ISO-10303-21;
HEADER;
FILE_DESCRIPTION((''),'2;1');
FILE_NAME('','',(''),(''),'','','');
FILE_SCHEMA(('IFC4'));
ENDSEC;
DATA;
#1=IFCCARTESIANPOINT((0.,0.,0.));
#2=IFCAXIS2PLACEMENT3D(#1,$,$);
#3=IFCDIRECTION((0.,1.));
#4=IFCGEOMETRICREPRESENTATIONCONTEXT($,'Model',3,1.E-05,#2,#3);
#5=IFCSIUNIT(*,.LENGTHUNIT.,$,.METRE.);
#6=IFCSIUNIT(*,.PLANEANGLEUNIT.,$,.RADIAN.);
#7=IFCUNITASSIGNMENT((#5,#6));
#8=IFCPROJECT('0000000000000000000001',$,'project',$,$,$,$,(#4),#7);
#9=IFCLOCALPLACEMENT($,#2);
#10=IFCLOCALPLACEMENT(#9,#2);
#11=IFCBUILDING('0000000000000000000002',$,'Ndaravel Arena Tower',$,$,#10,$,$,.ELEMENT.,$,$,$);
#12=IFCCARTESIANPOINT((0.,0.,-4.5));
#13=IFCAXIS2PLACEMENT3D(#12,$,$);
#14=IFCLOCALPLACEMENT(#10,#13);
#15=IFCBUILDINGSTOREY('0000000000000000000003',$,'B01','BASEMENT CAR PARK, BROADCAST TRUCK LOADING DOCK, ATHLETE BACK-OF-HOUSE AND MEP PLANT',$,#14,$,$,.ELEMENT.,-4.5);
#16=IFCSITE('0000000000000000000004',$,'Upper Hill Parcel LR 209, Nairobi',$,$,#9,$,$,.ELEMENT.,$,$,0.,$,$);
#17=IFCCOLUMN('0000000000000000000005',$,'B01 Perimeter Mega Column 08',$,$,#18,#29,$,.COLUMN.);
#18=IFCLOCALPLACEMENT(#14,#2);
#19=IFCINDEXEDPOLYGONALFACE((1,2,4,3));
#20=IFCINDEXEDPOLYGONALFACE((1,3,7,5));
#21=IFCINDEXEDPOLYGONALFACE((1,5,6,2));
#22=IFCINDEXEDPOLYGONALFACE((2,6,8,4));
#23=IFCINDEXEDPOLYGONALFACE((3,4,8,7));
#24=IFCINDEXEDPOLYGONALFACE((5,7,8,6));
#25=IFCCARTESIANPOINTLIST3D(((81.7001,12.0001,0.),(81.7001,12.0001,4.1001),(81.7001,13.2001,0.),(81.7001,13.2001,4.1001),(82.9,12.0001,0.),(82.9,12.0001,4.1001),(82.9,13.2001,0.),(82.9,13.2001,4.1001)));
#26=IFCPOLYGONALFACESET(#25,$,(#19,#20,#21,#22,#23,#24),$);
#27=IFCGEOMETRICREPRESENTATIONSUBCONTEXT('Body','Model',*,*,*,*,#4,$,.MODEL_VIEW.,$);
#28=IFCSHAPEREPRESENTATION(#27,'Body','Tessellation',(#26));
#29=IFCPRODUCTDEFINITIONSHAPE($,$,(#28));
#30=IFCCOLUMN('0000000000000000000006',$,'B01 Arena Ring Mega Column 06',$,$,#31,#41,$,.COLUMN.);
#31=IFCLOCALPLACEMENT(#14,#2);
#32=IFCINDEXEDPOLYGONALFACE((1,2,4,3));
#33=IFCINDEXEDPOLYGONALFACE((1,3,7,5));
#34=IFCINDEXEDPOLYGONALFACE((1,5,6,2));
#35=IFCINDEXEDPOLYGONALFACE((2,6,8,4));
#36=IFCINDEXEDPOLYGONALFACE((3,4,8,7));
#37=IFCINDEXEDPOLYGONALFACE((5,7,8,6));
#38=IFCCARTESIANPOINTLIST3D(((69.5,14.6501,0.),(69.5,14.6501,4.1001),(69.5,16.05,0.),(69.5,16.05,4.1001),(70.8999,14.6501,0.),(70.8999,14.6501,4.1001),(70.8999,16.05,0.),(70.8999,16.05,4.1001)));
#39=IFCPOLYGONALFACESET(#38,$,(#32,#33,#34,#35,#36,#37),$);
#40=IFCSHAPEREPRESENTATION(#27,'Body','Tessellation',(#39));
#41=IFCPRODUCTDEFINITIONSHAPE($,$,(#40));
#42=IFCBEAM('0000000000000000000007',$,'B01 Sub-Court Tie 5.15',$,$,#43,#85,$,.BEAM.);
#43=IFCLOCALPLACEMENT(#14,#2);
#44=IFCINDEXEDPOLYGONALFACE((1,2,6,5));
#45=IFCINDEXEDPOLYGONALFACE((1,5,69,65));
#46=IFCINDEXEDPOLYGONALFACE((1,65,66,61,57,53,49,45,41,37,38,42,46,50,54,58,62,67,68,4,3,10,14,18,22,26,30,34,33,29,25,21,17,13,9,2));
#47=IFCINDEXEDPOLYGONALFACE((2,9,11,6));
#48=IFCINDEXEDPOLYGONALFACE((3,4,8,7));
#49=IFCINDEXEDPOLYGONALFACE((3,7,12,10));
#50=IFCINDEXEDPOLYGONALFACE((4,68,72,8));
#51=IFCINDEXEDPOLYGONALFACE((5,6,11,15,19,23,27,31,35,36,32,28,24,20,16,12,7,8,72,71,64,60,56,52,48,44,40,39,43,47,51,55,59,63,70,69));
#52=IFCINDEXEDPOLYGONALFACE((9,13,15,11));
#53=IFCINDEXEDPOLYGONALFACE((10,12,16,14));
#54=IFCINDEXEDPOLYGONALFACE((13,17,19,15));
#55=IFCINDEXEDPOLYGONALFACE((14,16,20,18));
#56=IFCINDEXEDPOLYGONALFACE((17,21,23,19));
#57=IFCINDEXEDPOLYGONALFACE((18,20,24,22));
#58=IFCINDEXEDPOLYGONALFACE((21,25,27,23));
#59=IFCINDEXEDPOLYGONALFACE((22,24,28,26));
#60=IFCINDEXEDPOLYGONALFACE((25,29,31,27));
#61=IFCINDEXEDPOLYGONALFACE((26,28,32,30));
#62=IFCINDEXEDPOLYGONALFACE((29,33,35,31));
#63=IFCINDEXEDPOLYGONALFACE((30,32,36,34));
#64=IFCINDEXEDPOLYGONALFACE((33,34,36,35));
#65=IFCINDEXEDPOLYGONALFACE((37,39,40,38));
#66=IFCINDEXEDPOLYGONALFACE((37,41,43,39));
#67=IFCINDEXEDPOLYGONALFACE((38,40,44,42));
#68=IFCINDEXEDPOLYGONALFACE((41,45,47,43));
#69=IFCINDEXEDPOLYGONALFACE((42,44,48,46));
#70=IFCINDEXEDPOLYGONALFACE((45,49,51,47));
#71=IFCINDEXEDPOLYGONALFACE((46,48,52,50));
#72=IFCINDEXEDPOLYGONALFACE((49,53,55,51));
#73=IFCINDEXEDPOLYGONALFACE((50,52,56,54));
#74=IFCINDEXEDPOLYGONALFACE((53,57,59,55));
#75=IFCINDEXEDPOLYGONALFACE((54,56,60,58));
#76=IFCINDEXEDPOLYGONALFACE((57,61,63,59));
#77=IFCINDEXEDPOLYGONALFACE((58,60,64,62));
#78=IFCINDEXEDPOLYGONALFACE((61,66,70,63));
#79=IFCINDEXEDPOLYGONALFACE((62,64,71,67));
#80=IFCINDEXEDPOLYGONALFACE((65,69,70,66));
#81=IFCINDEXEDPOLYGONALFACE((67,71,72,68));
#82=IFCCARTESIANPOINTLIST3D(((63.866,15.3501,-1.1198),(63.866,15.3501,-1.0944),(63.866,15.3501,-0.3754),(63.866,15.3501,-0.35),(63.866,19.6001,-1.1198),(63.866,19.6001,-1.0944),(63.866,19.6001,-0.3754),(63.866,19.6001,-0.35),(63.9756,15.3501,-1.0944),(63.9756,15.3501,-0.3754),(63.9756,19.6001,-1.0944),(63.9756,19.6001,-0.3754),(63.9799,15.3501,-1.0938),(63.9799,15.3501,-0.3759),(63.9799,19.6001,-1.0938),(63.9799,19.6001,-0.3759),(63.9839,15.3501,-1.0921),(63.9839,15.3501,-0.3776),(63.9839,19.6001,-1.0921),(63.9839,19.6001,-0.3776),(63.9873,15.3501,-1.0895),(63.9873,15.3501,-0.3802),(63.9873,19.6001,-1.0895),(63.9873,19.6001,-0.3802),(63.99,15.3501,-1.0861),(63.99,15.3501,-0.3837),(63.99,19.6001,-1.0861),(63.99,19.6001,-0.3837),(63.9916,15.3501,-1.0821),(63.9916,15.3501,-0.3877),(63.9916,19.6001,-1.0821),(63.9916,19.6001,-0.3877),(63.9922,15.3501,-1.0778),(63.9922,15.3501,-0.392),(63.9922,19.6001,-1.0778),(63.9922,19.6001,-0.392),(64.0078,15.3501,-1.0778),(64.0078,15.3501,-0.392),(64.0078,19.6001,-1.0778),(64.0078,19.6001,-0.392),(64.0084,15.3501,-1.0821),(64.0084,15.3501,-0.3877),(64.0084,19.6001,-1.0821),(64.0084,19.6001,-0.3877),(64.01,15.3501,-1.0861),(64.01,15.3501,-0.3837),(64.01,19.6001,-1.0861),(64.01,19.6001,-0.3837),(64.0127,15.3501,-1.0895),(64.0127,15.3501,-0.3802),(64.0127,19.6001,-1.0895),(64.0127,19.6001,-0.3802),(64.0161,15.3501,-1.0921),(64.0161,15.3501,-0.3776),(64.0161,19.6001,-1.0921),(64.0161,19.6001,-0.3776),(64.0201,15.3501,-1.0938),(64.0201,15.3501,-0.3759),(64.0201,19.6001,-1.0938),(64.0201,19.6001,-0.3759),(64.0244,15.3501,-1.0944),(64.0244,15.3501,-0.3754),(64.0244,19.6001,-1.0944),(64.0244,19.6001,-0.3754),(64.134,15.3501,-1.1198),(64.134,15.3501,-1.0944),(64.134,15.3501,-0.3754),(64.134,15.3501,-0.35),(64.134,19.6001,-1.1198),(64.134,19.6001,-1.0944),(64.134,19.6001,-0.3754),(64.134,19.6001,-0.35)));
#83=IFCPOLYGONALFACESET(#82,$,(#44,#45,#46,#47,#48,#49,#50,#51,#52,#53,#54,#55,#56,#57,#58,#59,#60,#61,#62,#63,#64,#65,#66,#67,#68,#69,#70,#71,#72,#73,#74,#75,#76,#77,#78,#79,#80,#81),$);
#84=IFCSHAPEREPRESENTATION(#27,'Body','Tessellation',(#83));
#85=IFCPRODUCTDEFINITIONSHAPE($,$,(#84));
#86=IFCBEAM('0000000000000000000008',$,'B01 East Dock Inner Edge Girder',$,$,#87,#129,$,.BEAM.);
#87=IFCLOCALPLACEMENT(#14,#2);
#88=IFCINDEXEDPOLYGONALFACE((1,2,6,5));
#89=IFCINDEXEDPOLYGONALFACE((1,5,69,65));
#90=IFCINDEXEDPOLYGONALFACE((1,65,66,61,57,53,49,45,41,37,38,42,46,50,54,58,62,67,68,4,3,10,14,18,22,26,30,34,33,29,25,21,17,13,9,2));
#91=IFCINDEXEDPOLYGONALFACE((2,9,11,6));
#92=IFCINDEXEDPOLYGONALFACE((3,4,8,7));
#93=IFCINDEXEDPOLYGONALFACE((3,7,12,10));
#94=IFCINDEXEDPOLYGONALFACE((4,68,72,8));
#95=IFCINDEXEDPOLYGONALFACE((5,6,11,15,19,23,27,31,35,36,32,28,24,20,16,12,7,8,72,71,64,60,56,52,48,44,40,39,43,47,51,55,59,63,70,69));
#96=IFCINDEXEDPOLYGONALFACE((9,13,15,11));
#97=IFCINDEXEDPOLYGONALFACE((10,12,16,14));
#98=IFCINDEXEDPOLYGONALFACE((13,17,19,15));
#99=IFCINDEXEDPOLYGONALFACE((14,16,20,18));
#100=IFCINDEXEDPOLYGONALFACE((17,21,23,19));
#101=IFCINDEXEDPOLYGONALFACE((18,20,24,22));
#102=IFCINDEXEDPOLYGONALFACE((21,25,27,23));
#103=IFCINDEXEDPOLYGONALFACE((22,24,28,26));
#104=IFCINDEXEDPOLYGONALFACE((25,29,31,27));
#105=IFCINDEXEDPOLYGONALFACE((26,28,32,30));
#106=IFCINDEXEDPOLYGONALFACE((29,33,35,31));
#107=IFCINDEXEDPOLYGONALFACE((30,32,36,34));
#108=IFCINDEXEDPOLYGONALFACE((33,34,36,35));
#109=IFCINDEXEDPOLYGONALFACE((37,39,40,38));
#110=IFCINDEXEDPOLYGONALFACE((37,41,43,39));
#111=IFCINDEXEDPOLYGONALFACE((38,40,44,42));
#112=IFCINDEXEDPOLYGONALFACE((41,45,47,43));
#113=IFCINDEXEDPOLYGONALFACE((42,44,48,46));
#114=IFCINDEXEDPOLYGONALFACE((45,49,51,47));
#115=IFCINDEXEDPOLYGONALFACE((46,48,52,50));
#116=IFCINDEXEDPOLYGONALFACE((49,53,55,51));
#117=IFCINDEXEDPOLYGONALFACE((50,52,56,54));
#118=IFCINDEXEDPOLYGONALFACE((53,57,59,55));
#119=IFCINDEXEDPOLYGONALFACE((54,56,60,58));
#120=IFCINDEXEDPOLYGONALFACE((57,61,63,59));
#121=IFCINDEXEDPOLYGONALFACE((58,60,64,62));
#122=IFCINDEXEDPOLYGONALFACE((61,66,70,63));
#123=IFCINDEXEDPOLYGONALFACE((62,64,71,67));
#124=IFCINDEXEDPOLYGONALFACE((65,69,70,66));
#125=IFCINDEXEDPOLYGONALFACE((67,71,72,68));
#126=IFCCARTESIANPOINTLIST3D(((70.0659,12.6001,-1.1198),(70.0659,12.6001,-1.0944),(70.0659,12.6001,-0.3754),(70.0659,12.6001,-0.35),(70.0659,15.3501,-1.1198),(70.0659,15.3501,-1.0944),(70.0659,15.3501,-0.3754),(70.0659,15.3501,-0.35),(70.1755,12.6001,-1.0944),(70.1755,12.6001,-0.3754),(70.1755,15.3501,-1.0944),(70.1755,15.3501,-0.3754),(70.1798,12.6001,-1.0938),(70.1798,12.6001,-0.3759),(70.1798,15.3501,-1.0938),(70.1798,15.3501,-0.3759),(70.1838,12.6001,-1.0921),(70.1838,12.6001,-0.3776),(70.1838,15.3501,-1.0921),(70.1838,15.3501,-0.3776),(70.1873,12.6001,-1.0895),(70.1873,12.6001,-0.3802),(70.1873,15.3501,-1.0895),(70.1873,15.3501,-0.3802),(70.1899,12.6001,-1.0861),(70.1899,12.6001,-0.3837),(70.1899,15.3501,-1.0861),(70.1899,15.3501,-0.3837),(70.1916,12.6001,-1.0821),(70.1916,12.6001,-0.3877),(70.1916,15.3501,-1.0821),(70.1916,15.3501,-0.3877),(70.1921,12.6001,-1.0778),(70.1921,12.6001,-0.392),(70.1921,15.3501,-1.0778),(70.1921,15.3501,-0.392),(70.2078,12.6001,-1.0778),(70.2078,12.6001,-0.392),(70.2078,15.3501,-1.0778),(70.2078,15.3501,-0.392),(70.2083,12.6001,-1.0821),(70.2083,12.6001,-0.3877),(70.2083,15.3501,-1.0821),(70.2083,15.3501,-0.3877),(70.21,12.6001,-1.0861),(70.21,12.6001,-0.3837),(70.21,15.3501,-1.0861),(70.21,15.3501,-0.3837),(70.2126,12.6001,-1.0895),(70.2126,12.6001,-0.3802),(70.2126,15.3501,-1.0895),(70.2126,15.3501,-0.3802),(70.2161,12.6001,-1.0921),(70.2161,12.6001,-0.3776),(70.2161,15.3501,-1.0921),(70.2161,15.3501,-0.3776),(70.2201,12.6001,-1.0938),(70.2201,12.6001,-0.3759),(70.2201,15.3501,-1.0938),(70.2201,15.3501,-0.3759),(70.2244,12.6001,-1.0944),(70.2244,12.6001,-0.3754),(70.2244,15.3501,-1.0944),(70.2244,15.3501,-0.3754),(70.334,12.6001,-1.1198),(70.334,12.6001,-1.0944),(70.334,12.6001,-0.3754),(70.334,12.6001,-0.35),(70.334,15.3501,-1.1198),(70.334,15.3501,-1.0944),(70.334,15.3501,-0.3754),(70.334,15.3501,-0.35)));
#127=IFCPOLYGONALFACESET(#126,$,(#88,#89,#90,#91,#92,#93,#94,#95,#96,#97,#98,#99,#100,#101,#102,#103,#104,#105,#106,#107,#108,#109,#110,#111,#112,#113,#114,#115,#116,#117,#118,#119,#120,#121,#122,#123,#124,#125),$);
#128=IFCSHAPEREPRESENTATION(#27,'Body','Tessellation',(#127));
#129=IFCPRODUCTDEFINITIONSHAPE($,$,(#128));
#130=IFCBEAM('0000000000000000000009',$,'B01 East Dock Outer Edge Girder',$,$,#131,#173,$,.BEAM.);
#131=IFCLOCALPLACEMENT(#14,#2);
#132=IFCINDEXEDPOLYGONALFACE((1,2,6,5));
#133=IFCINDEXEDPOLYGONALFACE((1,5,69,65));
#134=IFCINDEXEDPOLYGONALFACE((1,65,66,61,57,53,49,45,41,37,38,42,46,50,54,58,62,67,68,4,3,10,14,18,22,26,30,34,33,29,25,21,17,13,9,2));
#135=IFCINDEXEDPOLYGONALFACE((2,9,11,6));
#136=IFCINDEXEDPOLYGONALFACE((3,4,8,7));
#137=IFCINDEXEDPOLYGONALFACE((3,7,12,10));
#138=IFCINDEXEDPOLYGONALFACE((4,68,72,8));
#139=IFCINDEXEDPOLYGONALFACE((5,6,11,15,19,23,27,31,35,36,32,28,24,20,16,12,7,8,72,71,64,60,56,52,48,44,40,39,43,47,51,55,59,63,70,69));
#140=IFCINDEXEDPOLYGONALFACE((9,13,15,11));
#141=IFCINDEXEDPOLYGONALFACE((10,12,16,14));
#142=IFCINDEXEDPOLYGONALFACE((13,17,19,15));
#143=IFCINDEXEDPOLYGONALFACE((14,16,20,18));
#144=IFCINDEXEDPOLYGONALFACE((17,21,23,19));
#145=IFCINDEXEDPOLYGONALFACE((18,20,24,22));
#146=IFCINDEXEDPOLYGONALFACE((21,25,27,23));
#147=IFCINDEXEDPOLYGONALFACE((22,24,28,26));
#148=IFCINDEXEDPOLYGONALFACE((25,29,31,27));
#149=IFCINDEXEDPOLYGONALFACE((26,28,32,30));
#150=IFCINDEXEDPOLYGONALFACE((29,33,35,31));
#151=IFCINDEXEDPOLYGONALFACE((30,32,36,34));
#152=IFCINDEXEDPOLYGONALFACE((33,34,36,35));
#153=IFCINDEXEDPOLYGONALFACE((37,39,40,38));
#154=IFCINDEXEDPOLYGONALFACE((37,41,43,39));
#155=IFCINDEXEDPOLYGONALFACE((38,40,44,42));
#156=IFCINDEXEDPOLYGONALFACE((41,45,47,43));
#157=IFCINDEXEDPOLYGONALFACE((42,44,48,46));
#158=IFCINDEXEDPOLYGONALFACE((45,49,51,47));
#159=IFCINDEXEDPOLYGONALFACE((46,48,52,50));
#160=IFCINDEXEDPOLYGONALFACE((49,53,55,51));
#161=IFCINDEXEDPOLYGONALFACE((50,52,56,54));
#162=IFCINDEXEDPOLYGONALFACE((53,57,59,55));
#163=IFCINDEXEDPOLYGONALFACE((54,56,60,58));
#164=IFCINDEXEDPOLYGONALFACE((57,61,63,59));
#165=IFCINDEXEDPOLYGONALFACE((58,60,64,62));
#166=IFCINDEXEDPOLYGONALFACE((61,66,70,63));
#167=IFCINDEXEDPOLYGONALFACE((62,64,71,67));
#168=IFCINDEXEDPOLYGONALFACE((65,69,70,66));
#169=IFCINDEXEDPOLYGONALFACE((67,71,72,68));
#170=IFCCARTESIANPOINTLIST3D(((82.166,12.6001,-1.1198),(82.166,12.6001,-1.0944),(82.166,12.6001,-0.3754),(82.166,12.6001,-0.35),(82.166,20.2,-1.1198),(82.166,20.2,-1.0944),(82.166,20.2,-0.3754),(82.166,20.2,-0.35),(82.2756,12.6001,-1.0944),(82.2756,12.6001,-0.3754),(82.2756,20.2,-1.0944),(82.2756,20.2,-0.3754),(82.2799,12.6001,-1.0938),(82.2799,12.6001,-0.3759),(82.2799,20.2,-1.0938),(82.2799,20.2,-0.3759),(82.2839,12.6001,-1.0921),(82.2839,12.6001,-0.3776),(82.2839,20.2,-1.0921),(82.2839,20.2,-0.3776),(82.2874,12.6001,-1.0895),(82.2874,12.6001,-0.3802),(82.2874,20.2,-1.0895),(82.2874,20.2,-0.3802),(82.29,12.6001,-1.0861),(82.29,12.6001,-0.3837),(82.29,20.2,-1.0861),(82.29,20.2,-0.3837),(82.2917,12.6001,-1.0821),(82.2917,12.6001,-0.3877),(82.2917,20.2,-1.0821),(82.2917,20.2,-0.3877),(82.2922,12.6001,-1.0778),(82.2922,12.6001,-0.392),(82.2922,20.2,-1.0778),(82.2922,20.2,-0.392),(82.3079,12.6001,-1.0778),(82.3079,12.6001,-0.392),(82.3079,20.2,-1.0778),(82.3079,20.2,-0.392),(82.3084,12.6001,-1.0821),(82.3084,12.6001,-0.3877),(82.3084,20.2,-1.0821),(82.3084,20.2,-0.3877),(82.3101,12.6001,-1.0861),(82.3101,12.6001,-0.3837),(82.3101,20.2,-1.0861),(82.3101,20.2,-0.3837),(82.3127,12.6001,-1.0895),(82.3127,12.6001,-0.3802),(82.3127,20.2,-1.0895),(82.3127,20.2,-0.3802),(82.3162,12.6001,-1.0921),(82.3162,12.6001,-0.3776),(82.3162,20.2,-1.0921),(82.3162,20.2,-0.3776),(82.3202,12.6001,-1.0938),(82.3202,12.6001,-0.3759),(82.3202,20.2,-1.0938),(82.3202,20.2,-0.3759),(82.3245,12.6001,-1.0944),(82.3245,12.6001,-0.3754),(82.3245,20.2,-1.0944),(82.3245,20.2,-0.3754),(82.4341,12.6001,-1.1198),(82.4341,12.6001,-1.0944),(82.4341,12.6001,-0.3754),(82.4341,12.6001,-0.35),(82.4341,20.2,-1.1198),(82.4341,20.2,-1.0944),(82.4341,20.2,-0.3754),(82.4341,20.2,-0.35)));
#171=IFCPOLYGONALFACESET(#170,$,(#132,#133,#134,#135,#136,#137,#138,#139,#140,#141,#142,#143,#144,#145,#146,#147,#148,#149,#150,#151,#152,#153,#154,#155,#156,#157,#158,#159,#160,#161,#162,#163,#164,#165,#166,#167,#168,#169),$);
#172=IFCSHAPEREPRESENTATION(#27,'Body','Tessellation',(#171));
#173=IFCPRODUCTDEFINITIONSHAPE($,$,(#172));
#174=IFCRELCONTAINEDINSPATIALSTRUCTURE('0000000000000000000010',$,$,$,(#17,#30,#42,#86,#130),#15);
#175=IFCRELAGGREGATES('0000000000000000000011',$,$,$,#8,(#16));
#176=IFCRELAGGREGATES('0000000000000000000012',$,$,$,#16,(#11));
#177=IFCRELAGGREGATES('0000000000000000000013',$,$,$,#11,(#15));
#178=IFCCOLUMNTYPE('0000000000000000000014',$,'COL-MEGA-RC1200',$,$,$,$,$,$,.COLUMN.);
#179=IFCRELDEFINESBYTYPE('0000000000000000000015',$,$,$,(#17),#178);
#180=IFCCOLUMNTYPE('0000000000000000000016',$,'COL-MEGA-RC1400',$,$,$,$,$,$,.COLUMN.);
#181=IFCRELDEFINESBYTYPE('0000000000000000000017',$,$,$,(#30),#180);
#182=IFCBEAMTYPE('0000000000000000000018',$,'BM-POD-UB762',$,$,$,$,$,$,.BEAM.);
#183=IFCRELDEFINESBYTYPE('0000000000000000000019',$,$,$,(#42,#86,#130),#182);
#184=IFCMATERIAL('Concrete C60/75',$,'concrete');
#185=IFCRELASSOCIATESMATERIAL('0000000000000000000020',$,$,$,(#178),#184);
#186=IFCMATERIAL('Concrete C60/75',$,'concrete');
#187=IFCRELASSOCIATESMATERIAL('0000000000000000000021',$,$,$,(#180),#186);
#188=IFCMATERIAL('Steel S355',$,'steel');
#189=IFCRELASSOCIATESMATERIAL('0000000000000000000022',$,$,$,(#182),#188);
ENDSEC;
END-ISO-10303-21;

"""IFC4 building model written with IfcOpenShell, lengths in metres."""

from ifc_helpers import new_model, si_unit, direction, frame, origin, origin_2d, place, context, subcontext, project, spatial, rectangle, i_section, extrude, material, material_profile, profile_set, type_object, element, save


model = new_model("IFC4")

# Units and contexts
model_context = context("Model", 3, precision=1e-05, world=origin(), true_north=direction((0.0, 1.0)))
body_context = subcontext(model_context, "Body", "Model", "MODEL_VIEW")
ifc_project = project(units=[si_unit("LENGTHUNIT", "METRE"), si_unit("PLANEANGLEUNIT", "RADIAN")], contexts=[model_context])

# Site, building, storey
site_placement = place(None, origin())
site = spatial("IfcSite", under=ifc_project, at=site_placement, Name="Upper Hill Parcel LR 209, Nairobi", CompositionType="ELEMENT", RefElevation=0.0)
building_placement = place(site_placement, origin())
building = spatial("IfcBuilding", under=site, at=building_placement, Name="Ndaravel Arena Tower", CompositionType="ELEMENT")
storey_placement = place(building_placement, frame((0.0, 0.0, -4.5)))
storey = spatial("IfcBuildingStorey", under=building, at=storey_placement, Name="B01", Description="BASEMENT CAR PARK, BROADCAST TRUCK LOADING DOCK, ATHLETE BACK-OF-HOUSE AND MEP PLANT", CompositionType="ELEMENT", Elevation=-4.5)

# Columns
ifc_material_1 = material(Name="Concrete C60/75", Category="concrete")
ifc_material_profile_1 = material_profile(ifc_material_1, rectangle(XDim=1.2, YDim=1.2, at=origin_2d()), Name="RC 1200x1200")
ifc_profile_set_1 = profile_set([ifc_material_profile_1], Name="Concrete C60/75")
column_type_1 = type_object("IfcColumnType", Name="COL-MEGA-RC1200", PredefinedType="COLUMN", material=ifc_profile_set_1)
for number, where, z_axis, x_axis, name in (
    (1, (82.3, 12.6001, 0.0), (0.0, 0.0, 1.0), (1.0, 0.0, 0.0), "B01 Perimeter Mega Column 08"),
):
    element("IfcColumn", number, at=place(storey_placement, frame(where, z_axis=z_axis, x_axis=x_axis)), inside=storey, type_object=column_type_1, Name=name, PredefinedType="COLUMN", context=body_context, shape_type="SweptSolid", body=[
        extrude(rectangle(XDim=1.2, YDim=1.2, at=origin_2d()), origin(), (0.0, 0.0, 1.0), 4.1001),
    ])
ifc_material_2 = material(Name="Concrete C60/75", Category="concrete")
ifc_material_profile_2 = material_profile(ifc_material_2, rectangle(XDim=1.3999, YDim=1.3999, at=origin_2d()), Name="RC 1400x1400")
ifc_profile_set_2 = profile_set([ifc_material_profile_2], Name="Concrete C60/75")
column_type_2 = type_object("IfcColumnType", Name="COL-MEGA-RC1400", PredefinedType="COLUMN", material=ifc_profile_set_2)
column_1_placement = place(storey_placement, frame((70.2, 15.3501, 0.0), z_axis=(0.0, 0.0, 1.0), x_axis=(1.0, 0.0, 0.0)))
element("IfcColumn", 2, at=column_1_placement, inside=storey, type_object=column_type_2, Name="B01 Arena Ring Mega Column 06", PredefinedType="COLUMN", context=body_context, shape_type="SweptSolid", body=[
    extrude(rectangle(XDim=1.3999, YDim=1.3999, at=origin_2d()), origin(), (0.0, 0.0, 1.0), 4.1001),
])

# Beams
ifc_material_3 = material(Name="Steel S355", Category="steel")
ifc_material_profile_3 = material_profile(ifc_material_3, i_section(OverallWidth=0.2681, OverallDepth=0.7698, WebThickness=0.0156, FlangeThickness=0.0254, FilletRadius=0.0166, at=origin_2d()), Name="UB 762x267x197")
ifc_profile_set_3 = profile_set([ifc_material_profile_3], Name="Steel S355")
beam_type_1 = type_object("IfcBeamType", Name="BM-POD-UB762", PredefinedType="BEAM", material=ifc_profile_set_3)
beam_1_placement = place(storey_placement, frame((64.0, 15.3501, -0.7349), z_axis=(0.0, 1.0, 0.0), x_axis=(-1.0, 0.0, 0.0)))
element("IfcBeam", 3, at=beam_1_placement, inside=storey, type_object=beam_type_1, Name="B01 Sub-Court Tie 5.15", PredefinedType="BEAM", context=body_context, shape_type="SweptSolid", body=[
    extrude(i_section(OverallWidth=0.2681, OverallDepth=0.7698, WebThickness=0.0156, FlangeThickness=0.0254, FilletRadius=0.0166, at=origin_2d()), origin(), (0.0, 0.0, 1.0), 4.25),
])
beam_2_placement = place(storey_placement, frame((70.2, 12.6001, -0.7349), z_axis=(0.0, 1.0, 0.0), x_axis=(-1.0, 0.0, 0.0)))
element("IfcBeam", 4, at=beam_2_placement, inside=storey, type_object=beam_type_1, Name="B01 East Dock Inner Edge Girder", PredefinedType="BEAM", context=body_context, shape_type="SweptSolid", body=[
    extrude(i_section(OverallWidth=0.2681, OverallDepth=0.7698, WebThickness=0.0156, FlangeThickness=0.0254, FilletRadius=0.0166, at=origin_2d()), origin(), (0.0, 0.0, 1.0), 2.75),
])
beam_3_placement = place(storey_placement, frame((82.3, 12.6001, -0.7349), z_axis=(0.0, 1.0, 0.0), x_axis=(-1.0, 0.0, 0.0)))
element("IfcBeam", 5, at=beam_3_placement, inside=storey, type_object=beam_type_1, Name="B01 East Dock Outer Edge Girder", PredefinedType="BEAM", context=body_context, shape_type="SweptSolid", body=[
    extrude(i_section(OverallWidth=0.2681, OverallDepth=0.7698, WebThickness=0.0156, FlangeThickness=0.0254, FilletRadius=0.0166, at=origin_2d()), origin(), (0.0, 0.0, 1.0), 7.5999),
])

save(model, "model.ifc")
